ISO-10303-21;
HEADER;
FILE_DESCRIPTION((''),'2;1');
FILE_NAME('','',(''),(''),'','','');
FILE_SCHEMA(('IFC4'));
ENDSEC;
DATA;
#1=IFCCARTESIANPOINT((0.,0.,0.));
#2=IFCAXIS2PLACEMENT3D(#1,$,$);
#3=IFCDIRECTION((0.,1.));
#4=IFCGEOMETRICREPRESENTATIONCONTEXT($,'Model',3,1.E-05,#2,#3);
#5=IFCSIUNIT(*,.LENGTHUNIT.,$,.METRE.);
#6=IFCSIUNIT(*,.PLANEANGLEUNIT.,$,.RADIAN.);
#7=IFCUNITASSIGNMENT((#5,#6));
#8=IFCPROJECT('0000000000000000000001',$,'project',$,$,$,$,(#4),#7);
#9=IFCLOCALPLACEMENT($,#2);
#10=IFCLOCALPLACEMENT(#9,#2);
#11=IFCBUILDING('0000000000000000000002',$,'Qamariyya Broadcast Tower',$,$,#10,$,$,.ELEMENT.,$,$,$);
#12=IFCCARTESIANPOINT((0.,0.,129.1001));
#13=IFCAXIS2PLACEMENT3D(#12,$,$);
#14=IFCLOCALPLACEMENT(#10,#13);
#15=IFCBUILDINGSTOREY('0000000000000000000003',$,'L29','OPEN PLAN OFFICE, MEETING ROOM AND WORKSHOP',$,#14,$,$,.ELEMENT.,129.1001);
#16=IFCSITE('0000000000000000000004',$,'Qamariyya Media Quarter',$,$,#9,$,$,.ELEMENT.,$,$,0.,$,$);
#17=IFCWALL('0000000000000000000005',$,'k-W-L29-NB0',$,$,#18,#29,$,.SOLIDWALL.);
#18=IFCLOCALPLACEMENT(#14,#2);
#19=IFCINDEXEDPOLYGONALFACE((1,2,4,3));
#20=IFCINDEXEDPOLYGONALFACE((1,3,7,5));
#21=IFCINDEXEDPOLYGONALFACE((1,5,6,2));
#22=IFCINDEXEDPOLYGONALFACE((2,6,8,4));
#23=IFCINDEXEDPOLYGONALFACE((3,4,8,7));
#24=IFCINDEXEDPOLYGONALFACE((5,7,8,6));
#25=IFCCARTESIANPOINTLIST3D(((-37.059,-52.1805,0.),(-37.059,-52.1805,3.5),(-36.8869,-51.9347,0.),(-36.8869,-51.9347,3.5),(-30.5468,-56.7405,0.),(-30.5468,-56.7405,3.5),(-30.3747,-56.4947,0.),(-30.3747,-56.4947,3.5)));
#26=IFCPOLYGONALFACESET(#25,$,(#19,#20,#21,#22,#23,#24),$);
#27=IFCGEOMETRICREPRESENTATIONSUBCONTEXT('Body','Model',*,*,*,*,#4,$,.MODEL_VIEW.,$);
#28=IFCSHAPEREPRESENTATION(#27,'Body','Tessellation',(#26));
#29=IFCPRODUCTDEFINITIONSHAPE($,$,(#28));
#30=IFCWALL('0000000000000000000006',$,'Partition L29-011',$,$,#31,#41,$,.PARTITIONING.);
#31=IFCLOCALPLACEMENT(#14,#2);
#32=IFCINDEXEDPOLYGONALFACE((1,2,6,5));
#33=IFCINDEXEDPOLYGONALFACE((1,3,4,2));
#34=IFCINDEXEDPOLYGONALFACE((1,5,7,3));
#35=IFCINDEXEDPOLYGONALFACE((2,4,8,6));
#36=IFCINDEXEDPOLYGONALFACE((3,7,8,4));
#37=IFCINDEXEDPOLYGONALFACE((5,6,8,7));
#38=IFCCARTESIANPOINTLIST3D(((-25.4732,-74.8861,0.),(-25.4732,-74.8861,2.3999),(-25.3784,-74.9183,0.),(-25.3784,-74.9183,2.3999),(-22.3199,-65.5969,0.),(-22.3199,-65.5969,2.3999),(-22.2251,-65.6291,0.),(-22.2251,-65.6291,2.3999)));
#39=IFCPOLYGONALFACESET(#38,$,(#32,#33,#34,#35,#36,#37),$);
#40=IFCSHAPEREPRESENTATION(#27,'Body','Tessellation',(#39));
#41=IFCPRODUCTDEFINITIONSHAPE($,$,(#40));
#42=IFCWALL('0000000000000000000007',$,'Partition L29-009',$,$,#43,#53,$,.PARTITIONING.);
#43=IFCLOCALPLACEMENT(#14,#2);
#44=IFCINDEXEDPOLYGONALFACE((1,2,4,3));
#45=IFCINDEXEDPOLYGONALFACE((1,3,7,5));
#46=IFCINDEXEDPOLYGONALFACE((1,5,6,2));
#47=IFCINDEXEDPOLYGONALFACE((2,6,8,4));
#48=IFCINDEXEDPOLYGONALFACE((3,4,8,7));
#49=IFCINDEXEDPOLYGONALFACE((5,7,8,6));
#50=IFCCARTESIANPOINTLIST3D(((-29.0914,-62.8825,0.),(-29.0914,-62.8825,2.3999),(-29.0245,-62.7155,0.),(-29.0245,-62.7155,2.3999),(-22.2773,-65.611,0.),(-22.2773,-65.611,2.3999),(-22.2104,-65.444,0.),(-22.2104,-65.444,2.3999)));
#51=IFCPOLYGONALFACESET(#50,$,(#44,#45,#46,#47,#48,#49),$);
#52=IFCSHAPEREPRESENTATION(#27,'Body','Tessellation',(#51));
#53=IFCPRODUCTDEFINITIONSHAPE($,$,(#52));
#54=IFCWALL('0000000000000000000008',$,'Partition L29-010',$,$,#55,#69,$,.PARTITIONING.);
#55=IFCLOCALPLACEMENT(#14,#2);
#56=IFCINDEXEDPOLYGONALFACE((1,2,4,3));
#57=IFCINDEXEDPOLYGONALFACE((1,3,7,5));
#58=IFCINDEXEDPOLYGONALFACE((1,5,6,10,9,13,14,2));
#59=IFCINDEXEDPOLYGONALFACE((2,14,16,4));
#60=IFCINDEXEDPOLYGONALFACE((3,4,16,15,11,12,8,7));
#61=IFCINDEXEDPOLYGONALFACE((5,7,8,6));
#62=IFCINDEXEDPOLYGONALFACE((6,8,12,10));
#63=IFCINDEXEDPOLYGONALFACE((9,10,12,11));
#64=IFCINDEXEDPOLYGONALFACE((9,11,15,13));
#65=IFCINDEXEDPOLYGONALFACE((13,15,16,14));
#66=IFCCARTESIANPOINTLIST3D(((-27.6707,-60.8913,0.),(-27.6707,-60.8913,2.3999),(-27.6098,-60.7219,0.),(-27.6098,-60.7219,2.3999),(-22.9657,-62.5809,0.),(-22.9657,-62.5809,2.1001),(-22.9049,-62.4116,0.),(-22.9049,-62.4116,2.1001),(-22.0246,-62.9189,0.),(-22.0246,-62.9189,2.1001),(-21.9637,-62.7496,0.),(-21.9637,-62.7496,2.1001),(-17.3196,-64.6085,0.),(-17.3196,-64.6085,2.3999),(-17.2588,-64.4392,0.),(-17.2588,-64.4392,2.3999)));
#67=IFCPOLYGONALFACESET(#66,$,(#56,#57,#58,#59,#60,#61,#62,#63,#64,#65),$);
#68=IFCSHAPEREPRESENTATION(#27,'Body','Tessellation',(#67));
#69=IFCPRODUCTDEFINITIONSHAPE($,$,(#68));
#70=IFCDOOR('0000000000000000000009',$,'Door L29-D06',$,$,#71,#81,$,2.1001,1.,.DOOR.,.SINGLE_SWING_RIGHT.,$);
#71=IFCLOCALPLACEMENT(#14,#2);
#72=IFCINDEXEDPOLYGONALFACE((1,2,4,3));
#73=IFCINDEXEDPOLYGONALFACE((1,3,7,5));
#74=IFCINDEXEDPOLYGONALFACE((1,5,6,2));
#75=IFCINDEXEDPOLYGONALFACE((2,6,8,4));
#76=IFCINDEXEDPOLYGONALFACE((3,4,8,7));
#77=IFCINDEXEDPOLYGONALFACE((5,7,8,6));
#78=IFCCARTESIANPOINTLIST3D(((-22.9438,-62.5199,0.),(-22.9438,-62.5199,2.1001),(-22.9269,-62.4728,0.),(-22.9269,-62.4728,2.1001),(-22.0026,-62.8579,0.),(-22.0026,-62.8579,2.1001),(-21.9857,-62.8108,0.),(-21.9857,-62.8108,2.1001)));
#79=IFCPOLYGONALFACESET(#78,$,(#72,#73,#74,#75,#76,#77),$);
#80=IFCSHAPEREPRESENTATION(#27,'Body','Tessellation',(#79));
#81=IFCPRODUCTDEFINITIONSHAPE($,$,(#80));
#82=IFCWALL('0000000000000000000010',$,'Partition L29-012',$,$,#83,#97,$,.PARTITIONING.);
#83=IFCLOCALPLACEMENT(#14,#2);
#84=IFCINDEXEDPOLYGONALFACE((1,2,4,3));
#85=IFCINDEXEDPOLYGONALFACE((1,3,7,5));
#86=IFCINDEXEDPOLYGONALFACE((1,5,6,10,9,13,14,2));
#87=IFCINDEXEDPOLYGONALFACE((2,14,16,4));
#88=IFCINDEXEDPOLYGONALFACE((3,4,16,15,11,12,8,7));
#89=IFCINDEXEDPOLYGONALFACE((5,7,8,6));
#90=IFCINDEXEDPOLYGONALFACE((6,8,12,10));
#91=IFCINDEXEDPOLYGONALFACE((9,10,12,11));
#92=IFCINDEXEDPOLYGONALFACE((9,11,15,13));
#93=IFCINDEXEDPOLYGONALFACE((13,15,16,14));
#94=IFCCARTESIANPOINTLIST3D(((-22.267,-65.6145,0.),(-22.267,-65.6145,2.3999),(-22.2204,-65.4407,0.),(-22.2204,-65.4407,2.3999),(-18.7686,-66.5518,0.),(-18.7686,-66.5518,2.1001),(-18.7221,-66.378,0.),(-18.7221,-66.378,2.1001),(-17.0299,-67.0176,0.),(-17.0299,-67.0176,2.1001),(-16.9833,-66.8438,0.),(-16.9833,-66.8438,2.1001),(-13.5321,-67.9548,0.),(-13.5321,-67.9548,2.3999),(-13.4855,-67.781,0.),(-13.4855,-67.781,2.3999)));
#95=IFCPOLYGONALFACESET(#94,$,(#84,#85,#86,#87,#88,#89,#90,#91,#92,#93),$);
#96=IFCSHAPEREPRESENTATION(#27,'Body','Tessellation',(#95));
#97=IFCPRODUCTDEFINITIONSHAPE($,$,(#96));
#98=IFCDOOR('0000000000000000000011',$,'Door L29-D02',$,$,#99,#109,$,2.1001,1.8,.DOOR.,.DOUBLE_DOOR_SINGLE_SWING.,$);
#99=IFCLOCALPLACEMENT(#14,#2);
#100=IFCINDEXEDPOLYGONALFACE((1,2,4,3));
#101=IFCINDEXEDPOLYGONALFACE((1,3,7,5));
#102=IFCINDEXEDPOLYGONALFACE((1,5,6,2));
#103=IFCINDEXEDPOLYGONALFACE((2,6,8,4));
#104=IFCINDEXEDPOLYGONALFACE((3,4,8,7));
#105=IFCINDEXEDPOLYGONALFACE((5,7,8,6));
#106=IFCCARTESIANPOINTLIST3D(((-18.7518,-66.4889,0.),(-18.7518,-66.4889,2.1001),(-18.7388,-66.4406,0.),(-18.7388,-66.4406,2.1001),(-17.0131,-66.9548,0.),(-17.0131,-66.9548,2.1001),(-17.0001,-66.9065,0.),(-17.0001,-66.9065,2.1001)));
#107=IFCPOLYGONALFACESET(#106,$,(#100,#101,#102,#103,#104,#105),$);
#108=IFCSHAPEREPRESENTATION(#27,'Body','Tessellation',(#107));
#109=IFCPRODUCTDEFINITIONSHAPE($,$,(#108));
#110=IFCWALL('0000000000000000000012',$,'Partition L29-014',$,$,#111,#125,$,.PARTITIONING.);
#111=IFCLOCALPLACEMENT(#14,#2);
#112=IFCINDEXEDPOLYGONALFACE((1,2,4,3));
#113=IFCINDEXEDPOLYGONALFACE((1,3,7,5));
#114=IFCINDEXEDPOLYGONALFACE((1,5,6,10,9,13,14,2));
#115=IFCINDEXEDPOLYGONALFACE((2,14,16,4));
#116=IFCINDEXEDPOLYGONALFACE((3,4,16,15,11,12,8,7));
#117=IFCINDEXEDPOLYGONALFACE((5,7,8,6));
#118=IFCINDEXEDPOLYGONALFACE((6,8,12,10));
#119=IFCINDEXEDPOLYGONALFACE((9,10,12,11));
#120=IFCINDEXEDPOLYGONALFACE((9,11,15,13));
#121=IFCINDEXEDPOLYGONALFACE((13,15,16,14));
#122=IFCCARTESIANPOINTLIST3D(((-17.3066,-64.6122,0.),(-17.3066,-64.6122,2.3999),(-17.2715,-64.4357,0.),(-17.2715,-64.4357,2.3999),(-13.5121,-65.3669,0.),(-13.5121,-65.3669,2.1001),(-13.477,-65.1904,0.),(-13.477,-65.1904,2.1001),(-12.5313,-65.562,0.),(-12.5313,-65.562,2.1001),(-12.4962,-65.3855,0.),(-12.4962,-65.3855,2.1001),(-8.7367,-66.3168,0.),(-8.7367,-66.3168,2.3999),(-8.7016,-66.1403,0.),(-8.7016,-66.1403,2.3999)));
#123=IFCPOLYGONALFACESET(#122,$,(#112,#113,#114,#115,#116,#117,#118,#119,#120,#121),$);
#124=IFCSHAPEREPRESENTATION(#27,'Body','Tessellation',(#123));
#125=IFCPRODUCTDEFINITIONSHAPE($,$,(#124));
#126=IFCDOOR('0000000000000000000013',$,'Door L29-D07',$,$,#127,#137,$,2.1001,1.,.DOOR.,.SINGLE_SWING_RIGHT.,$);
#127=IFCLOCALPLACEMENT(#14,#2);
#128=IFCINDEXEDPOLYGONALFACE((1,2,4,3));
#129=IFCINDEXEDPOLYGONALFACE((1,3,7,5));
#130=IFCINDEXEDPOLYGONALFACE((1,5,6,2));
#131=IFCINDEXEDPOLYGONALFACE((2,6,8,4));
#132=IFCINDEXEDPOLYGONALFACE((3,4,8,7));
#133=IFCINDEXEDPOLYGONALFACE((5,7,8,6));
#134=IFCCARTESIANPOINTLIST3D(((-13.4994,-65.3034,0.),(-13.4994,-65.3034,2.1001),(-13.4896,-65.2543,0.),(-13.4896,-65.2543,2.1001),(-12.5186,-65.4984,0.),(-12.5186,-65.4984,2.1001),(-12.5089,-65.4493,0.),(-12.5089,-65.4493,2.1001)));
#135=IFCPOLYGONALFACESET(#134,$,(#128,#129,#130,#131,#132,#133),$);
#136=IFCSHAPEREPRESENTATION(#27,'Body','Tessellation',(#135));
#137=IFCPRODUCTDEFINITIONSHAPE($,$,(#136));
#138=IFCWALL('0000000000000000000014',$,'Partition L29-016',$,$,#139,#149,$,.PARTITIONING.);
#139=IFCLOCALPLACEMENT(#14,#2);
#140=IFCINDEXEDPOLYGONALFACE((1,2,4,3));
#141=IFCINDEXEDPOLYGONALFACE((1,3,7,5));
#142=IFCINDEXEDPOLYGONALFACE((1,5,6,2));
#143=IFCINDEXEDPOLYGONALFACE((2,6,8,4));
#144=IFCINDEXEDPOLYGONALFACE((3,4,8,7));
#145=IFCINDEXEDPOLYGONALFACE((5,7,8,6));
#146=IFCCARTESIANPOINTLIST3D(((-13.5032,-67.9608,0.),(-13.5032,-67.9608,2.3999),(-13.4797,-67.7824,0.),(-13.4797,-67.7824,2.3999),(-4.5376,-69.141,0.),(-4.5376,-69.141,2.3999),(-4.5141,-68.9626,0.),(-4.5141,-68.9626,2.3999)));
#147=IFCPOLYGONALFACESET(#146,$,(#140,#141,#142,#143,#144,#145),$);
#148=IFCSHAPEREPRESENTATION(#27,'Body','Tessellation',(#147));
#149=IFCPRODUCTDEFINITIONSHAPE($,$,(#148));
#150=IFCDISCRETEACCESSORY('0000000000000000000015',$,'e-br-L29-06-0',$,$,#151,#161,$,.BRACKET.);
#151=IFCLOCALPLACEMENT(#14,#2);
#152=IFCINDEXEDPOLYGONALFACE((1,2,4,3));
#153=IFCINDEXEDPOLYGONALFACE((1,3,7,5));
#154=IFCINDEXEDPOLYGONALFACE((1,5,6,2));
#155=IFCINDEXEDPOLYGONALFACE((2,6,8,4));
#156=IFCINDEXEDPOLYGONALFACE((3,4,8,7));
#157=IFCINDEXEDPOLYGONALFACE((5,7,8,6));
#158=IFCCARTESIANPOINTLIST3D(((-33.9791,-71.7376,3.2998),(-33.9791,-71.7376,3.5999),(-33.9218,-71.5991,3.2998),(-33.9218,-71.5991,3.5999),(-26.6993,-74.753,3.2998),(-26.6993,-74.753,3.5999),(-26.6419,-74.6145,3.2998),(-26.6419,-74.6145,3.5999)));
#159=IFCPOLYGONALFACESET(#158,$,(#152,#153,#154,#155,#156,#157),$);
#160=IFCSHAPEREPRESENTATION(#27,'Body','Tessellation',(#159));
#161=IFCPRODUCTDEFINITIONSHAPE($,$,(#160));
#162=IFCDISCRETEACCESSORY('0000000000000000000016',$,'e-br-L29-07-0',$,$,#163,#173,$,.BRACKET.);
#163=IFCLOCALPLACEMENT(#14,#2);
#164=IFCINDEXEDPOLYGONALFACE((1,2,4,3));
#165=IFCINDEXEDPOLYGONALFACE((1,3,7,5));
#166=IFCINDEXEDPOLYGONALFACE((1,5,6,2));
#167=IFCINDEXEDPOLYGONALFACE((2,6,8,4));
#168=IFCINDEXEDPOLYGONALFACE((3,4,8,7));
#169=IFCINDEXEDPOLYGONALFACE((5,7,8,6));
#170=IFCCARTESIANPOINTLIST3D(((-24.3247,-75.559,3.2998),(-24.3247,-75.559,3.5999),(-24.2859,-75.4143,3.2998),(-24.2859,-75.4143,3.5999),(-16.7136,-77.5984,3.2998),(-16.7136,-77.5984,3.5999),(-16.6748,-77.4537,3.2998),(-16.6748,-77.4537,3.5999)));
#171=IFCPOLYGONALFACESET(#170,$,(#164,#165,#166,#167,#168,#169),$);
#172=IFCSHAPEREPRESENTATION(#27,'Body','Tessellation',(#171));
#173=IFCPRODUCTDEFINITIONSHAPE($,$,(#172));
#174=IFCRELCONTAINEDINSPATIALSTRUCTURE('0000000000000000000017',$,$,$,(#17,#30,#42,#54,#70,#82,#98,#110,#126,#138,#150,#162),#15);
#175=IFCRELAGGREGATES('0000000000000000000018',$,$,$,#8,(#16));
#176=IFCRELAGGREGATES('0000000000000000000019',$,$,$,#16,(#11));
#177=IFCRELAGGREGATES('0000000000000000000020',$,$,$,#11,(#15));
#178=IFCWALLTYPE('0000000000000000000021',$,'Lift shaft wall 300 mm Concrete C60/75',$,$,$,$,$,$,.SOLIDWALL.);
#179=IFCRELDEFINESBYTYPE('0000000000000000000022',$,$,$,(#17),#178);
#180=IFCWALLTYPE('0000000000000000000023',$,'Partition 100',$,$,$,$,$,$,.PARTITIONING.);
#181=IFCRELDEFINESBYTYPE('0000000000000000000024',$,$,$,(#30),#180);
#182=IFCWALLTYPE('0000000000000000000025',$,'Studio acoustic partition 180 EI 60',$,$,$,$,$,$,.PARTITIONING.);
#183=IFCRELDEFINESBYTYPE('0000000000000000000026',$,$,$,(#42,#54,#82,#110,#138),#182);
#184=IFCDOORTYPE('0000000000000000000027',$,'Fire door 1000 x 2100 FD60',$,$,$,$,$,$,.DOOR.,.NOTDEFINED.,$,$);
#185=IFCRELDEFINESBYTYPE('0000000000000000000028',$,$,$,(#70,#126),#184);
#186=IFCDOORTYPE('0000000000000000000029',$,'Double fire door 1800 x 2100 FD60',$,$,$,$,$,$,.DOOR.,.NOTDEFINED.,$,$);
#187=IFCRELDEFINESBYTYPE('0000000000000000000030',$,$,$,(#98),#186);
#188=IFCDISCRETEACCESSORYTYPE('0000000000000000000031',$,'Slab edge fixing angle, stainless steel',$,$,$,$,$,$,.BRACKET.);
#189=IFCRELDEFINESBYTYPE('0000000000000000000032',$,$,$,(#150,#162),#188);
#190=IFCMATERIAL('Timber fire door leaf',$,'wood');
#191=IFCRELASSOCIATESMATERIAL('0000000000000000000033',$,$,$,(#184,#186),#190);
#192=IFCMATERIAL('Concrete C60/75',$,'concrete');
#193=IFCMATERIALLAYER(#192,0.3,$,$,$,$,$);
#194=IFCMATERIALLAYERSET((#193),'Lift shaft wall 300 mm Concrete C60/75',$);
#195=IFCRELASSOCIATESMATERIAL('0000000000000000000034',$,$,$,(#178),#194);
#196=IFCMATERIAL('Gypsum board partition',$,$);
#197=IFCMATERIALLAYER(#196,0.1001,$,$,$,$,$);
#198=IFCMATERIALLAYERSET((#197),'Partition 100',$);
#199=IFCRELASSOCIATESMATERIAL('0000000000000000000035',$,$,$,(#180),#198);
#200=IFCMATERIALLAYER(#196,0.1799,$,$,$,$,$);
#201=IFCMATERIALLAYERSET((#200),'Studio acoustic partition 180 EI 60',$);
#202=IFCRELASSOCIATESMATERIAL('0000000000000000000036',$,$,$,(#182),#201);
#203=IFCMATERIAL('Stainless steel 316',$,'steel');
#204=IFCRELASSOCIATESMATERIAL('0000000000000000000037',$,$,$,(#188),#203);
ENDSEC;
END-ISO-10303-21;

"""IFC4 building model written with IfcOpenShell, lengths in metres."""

from ifc_helpers import new_model, si_unit, direction, frame, frame_2d, origin, origin_2d, place, context, subcontext, project, spatial, rectangle, extrude, material, layer, layer_set, type_object, element, fill, save


model = new_model("IFC4")

# Units and contexts
model_context = context("Model", 3, precision=1e-05, world=origin(), true_north=direction((0.0, 1.0)))
body_context = subcontext(model_context, "Body", "Model", "MODEL_VIEW")
ifc_project = project(units=[si_unit("LENGTHUNIT", "METRE"), si_unit("PLANEANGLEUNIT", "RADIAN")], contexts=[model_context])

# Site, building, storey
site_placement = place(None, origin())
site = spatial("IfcSite", under=ifc_project, at=site_placement, Name="Qamariyya Media Quarter", CompositionType="ELEMENT", RefElevation=0.0)
building_placement = place(site_placement, origin())
building = spatial("IfcBuilding", under=site, at=building_placement, Name="Qamariyya Broadcast Tower", CompositionType="ELEMENT")
storey_placement = place(building_placement, frame((0.0, 0.0, 129.1001)))
storey = spatial("IfcBuildingStorey", under=building, at=storey_placement, Name="L29", Description="OPEN PLAN OFFICE, MEETING ROOM AND WORKSHOP", CompositionType="ELEMENT", Elevation=129.1001)

# Shared definitions
ifc_material_1 = material(Name="Gypsum board partition")
ifc_material_2 = material(Name="Timber fire door leaf", Category="wood")
door_type_1 = type_object("IfcDoorType", Name="Fire door 1000 x 2100 FD60", OperationType="NOTDEFINED", PredefinedType="DOOR", material=ifc_material_2)

# Shared definitions
ifc_material_3 = material(Name="Concrete C60/75", Category="concrete")
ifc_layer_1 = layer(ifc_material_3, 0.3)
ifc_layer_set_1 = layer_set([ifc_layer_1], Name="Lift shaft wall 300 mm Concrete C60/75")
wall_type_1 = type_object("IfcWallType", Name="Lift shaft wall 300 mm Concrete C60/75", PredefinedType="SOLIDWALL", material=ifc_layer_set_1)

# Walls
wall_1_placement = place(storey_placement, frame((-30.4607, -56.6177, 0.0), z_axis=(0.0, 0.0, 1.0), x_axis=(-0.819142, 0.57359, 0.0)))
element("IfcWall", 1, at=wall_1_placement, inside=storey, type_object=wall_type_1, Name="k-W-L29-NB0", PredefinedType="SOLIDWALL", context=body_context, shape_type="SweptSolid", body=[
    extrude(rectangle(XDim=7.95, YDim=0.3, at=frame_2d((3.9751, 0.0))), origin(), (0.0, 0.0, 1.0), 3.5),
])
ifc_layer_2 = layer(ifc_material_1, 0.1001)
ifc_layer_set_2 = layer_set([ifc_layer_2], Name="Partition 100")
wall_type_2 = type_object("IfcWallType", Name="Partition 100", PredefinedType="PARTITIONING", material=ifc_layer_set_2)
wall_2_placement = place(storey_placement, frame((-25.4258, -74.9021, 0.0), z_axis=(0.0, 0.0, 1.0), x_axis=(0.321442, 0.946929, 0.0)))
element("IfcWall", 2, at=wall_2_placement, inside=storey, type_object=wall_type_2, Name="Partition L29-011", PredefinedType="PARTITIONING", context=body_context, shape_type="SweptSolid", body=[
    extrude(rectangle(XDim=9.8098, YDim=0.1001, at=frame_2d((4.9048, 0.0))), origin(), (0.0, 0.0, 1.0), 2.3999),
])
ifc_layer_3 = layer(ifc_material_1, 0.1799)
ifc_layer_set_3 = layer_set([ifc_layer_3], Name="Studio acoustic partition 180 EI 60")
wall_type_3 = type_object("IfcWallType", Name="Studio acoustic partition 180 EI 60", PredefinedType="PARTITIONING", material=ifc_layer_set_3)
wall_3_placement = place(storey_placement, frame((-29.0579, -62.7991, 0.0), z_axis=(0.0, 0.0, 1.0), x_axis=(0.928344, -0.371723, 0.0)))
element("IfcWall", 3, at=wall_3_placement, inside=storey, type_object=wall_type_3, Name="Partition L29-009", PredefinedType="PARTITIONING", context=body_context, shape_type="SweptSolid", body=[
    extrude(rectangle(XDim=7.3401, YDim=0.1799, at=frame_2d((3.6699, 0.0))), origin(), (0.0, 0.0, 1.0), 2.3999),
])

# Walls, openings, doors
wall_4_placement = place(storey_placement, frame((-27.6401, -60.8066, 0.0), z_axis=(0.0, 0.0, 1.0), x_axis=(0.941151, -0.337987, 0.0)))
wall_4 = element("IfcWall", 4, at=wall_4_placement, inside=storey, type_object=wall_type_3, Name="Partition L29-010", PredefinedType="PARTITIONING", context=body_context, shape_type="SweptSolid", body=[
    extrude(rectangle(XDim=10.9983, YDim=0.1799, at=frame_2d((5.499, 0.0))), origin(), (0.0, 0.0, 1.0), 2.3999),
])
opening_1_placement = place(wall_4_placement, frame((4.999, 0.0, 0.0)))
opening_1 = element("IfcOpeningElement", 5, at=opening_1_placement, cuts=wall_4, PredefinedType="OPENING", context=body_context, shape_type="SweptSolid", body=[
    extrude(rectangle(XDim=1.0, YDim=2.1001, at=frame_2d((0.5, 1.05))), frame((0.0, 0.0999, 0.0), z_axis=(0.0, -1.0, 0.0), x_axis=(1.0, 0.0, 0.0)), (0.0, 0.0, 1.0), 0.2),
])
door_1_placement = place(opening_1_placement, origin())
door_1 = element("IfcDoor", 6, at=door_1_placement, inside=storey, type_object=door_type_1, Name="Door L29-D06", OperationType="SINGLE_SWING_RIGHT", OverallHeight=2.1001, OverallWidth=1.0, PredefinedType="DOOR", context=body_context, shape_type="SweptSolid", body=[
    extrude(rectangle(XDim=1.0, YDim=2.1001, at=frame_2d((0.5, 1.05))), frame((0.0, 0.0249, 0.0), z_axis=(0.0, -1.0, 0.0), x_axis=(1.0, 0.0, 0.0)), (0.0, 0.0, 1.0), 0.05),
])
fill(opening_1, door_1)
wall_5_placement = place(storey_placement, frame((-13.5088, -67.8679, 0.0), z_axis=(0.0, 0.0, 1.0), x_axis=(-0.96593, 0.258802, 0.0)))
wall_5 = element("IfcWall", 7, at=wall_5_placement, inside=storey, type_object=wall_type_3, Name="Partition L29-012", PredefinedType="PARTITIONING", context=body_context, shape_type="SweptSolid", body=[
    extrude(rectangle(XDim=9.043, YDim=0.1799, at=frame_2d((4.5215, 0.0))), origin(), (0.0, 0.0, 1.0), 2.3999),
])
opening_2_placement = place(wall_5_placement, frame((3.6213, 0.0, 0.0)))
opening_2 = element("IfcOpeningElement", 8, at=opening_2_placement, cuts=wall_5, PredefinedType="OPENING", context=body_context, shape_type="SweptSolid", body=[
    extrude(rectangle(XDim=1.8, YDim=2.1001, at=frame_2d((0.8999, 1.05))), frame((0.0, 0.0999, 0.0), z_axis=(0.0, -1.0, 0.0), x_axis=(1.0, 0.0, 0.0)), (0.0, 0.0, 1.0), 0.2),
])
door_type_2 = type_object("IfcDoorType", Name="Double fire door 1800 x 2100 FD60", OperationType="NOTDEFINED", PredefinedType="DOOR", material=ifc_material_2)
door_2_placement = place(opening_2_placement, origin())
door_2 = element("IfcDoor", 9, at=door_2_placement, inside=storey, type_object=door_type_2, Name="Door L29-D02", OperationType="DOUBLE_DOOR_SINGLE_SWING", OverallHeight=2.1001, OverallWidth=1.8, PredefinedType="DOOR", context=body_context, shape_type="SweptSolid", body=[
    extrude(rectangle(XDim=1.8, YDim=2.1001, at=frame_2d((0.8999, 1.05))), frame((0.0, 0.0249, 0.0), z_axis=(0.0, -1.0, 0.0), x_axis=(1.0, 0.0, 0.0)), (0.0, 0.0, 1.0), 0.05),
])
fill(opening_2, door_2)
wall_6_placement = place(storey_placement, frame((-17.2891, -64.5239, 0.0), z_axis=(0.0, 0.0, 1.0), x_axis=(0.980786, -0.195084, 0.0)))
wall_6 = element("IfcWall", 10, at=wall_6_placement, inside=storey, type_object=wall_type_3, Name="Partition L29-014", PredefinedType="PARTITIONING", context=body_context, shape_type="SweptSolid", body=[
    extrude(rectangle(XDim=8.7378, YDim=0.1799, at=frame_2d((4.3689, 0.0))), origin(), (0.0, 0.0, 1.0), 2.3999),
])
opening_3_placement = place(wall_6_placement, frame((3.8689, 0.0, 0.0)))
opening_3 = element("IfcOpeningElement", 11, at=opening_3_placement, cuts=wall_6, PredefinedType="OPENING", context=body_context, shape_type="SweptSolid", body=[
    extrude(rectangle(XDim=1.0, YDim=2.1001, at=frame_2d((0.5, 1.05))), frame((0.0, 0.0999, 0.0), z_axis=(0.0, -1.0, 0.0), x_axis=(1.0, 0.0, 0.0)), (0.0, 0.0, 1.0), 0.2),
])
door_3_placement = place(opening_3_placement, origin())
door_3 = element("IfcDoor", 12, at=door_3_placement, inside=storey, type_object=door_type_1, Name="Door L29-D07", OperationType="SINGLE_SWING_RIGHT", OverallHeight=2.1001, OverallWidth=1.0, PredefinedType="DOOR", context=body_context, shape_type="SweptSolid", body=[
    extrude(rectangle(XDim=1.0, YDim=2.1001, at=frame_2d((0.5, 1.05))), frame((0.0, 0.0249, 0.0), z_axis=(0.0, -1.0, 0.0), x_axis=(1.0, 0.0, 0.0)), (0.0, 0.0, 1.0), 0.05),
])
fill(opening_3, door_3)

# Wall
wall_7_placement = place(storey_placement, frame((-13.4915, -67.8716, 0.0), z_axis=(0.0, 0.0, 1.0), x_axis=(0.991447, -0.130508, 0.0)))
element("IfcWall", 13, at=wall_7_placement, inside=storey, type_object=wall_type_3, Name="Partition L29-016", PredefinedType="PARTITIONING", context=body_context, shape_type="SweptSolid", body=[
    extrude(rectangle(XDim=9.043, YDim=0.1799, at=frame_2d((4.5215, 0.0))), origin(), (0.0, 0.0, 1.0), 2.3999),
])

# Discrete accessories
ifc_material_4 = material(Name="Stainless steel 316", Category="steel")
discrete_accessory_type = type_object("IfcDiscreteAccessoryType", Name="Slab edge fixing angle, stainless steel", PredefinedType="BRACKET", material=ifc_material_4)
for number, where, z_axis, x_axis, name in (
    (14, (-30.3105, -73.176, 3.2998), (0.0, 0.0, 1.0), (0.92388, -0.382683, 0.0), "e-br-L29-06-0"),
    (15, (-20.4998, -76.5063, 3.2998), (0.0, 0.0, 1.0), (0.965926, -0.258819, 0.0), "e-br-L29-07-0"),
):
    element("IfcDiscreteAccessory", number, at=place(storey_placement, frame(where, z_axis=z_axis, x_axis=x_axis)), inside=storey, type_object=discrete_accessory_type, Name=name, PredefinedType="BRACKET", context=body_context, shape_type="SweptSolid", body=[
        extrude(rectangle(XDim=7.8796, YDim=0.1499, at=origin_2d()), origin(), (0.0, 0.0, 1.0), 0.3),
    ])

save(model, "model.ifc")
